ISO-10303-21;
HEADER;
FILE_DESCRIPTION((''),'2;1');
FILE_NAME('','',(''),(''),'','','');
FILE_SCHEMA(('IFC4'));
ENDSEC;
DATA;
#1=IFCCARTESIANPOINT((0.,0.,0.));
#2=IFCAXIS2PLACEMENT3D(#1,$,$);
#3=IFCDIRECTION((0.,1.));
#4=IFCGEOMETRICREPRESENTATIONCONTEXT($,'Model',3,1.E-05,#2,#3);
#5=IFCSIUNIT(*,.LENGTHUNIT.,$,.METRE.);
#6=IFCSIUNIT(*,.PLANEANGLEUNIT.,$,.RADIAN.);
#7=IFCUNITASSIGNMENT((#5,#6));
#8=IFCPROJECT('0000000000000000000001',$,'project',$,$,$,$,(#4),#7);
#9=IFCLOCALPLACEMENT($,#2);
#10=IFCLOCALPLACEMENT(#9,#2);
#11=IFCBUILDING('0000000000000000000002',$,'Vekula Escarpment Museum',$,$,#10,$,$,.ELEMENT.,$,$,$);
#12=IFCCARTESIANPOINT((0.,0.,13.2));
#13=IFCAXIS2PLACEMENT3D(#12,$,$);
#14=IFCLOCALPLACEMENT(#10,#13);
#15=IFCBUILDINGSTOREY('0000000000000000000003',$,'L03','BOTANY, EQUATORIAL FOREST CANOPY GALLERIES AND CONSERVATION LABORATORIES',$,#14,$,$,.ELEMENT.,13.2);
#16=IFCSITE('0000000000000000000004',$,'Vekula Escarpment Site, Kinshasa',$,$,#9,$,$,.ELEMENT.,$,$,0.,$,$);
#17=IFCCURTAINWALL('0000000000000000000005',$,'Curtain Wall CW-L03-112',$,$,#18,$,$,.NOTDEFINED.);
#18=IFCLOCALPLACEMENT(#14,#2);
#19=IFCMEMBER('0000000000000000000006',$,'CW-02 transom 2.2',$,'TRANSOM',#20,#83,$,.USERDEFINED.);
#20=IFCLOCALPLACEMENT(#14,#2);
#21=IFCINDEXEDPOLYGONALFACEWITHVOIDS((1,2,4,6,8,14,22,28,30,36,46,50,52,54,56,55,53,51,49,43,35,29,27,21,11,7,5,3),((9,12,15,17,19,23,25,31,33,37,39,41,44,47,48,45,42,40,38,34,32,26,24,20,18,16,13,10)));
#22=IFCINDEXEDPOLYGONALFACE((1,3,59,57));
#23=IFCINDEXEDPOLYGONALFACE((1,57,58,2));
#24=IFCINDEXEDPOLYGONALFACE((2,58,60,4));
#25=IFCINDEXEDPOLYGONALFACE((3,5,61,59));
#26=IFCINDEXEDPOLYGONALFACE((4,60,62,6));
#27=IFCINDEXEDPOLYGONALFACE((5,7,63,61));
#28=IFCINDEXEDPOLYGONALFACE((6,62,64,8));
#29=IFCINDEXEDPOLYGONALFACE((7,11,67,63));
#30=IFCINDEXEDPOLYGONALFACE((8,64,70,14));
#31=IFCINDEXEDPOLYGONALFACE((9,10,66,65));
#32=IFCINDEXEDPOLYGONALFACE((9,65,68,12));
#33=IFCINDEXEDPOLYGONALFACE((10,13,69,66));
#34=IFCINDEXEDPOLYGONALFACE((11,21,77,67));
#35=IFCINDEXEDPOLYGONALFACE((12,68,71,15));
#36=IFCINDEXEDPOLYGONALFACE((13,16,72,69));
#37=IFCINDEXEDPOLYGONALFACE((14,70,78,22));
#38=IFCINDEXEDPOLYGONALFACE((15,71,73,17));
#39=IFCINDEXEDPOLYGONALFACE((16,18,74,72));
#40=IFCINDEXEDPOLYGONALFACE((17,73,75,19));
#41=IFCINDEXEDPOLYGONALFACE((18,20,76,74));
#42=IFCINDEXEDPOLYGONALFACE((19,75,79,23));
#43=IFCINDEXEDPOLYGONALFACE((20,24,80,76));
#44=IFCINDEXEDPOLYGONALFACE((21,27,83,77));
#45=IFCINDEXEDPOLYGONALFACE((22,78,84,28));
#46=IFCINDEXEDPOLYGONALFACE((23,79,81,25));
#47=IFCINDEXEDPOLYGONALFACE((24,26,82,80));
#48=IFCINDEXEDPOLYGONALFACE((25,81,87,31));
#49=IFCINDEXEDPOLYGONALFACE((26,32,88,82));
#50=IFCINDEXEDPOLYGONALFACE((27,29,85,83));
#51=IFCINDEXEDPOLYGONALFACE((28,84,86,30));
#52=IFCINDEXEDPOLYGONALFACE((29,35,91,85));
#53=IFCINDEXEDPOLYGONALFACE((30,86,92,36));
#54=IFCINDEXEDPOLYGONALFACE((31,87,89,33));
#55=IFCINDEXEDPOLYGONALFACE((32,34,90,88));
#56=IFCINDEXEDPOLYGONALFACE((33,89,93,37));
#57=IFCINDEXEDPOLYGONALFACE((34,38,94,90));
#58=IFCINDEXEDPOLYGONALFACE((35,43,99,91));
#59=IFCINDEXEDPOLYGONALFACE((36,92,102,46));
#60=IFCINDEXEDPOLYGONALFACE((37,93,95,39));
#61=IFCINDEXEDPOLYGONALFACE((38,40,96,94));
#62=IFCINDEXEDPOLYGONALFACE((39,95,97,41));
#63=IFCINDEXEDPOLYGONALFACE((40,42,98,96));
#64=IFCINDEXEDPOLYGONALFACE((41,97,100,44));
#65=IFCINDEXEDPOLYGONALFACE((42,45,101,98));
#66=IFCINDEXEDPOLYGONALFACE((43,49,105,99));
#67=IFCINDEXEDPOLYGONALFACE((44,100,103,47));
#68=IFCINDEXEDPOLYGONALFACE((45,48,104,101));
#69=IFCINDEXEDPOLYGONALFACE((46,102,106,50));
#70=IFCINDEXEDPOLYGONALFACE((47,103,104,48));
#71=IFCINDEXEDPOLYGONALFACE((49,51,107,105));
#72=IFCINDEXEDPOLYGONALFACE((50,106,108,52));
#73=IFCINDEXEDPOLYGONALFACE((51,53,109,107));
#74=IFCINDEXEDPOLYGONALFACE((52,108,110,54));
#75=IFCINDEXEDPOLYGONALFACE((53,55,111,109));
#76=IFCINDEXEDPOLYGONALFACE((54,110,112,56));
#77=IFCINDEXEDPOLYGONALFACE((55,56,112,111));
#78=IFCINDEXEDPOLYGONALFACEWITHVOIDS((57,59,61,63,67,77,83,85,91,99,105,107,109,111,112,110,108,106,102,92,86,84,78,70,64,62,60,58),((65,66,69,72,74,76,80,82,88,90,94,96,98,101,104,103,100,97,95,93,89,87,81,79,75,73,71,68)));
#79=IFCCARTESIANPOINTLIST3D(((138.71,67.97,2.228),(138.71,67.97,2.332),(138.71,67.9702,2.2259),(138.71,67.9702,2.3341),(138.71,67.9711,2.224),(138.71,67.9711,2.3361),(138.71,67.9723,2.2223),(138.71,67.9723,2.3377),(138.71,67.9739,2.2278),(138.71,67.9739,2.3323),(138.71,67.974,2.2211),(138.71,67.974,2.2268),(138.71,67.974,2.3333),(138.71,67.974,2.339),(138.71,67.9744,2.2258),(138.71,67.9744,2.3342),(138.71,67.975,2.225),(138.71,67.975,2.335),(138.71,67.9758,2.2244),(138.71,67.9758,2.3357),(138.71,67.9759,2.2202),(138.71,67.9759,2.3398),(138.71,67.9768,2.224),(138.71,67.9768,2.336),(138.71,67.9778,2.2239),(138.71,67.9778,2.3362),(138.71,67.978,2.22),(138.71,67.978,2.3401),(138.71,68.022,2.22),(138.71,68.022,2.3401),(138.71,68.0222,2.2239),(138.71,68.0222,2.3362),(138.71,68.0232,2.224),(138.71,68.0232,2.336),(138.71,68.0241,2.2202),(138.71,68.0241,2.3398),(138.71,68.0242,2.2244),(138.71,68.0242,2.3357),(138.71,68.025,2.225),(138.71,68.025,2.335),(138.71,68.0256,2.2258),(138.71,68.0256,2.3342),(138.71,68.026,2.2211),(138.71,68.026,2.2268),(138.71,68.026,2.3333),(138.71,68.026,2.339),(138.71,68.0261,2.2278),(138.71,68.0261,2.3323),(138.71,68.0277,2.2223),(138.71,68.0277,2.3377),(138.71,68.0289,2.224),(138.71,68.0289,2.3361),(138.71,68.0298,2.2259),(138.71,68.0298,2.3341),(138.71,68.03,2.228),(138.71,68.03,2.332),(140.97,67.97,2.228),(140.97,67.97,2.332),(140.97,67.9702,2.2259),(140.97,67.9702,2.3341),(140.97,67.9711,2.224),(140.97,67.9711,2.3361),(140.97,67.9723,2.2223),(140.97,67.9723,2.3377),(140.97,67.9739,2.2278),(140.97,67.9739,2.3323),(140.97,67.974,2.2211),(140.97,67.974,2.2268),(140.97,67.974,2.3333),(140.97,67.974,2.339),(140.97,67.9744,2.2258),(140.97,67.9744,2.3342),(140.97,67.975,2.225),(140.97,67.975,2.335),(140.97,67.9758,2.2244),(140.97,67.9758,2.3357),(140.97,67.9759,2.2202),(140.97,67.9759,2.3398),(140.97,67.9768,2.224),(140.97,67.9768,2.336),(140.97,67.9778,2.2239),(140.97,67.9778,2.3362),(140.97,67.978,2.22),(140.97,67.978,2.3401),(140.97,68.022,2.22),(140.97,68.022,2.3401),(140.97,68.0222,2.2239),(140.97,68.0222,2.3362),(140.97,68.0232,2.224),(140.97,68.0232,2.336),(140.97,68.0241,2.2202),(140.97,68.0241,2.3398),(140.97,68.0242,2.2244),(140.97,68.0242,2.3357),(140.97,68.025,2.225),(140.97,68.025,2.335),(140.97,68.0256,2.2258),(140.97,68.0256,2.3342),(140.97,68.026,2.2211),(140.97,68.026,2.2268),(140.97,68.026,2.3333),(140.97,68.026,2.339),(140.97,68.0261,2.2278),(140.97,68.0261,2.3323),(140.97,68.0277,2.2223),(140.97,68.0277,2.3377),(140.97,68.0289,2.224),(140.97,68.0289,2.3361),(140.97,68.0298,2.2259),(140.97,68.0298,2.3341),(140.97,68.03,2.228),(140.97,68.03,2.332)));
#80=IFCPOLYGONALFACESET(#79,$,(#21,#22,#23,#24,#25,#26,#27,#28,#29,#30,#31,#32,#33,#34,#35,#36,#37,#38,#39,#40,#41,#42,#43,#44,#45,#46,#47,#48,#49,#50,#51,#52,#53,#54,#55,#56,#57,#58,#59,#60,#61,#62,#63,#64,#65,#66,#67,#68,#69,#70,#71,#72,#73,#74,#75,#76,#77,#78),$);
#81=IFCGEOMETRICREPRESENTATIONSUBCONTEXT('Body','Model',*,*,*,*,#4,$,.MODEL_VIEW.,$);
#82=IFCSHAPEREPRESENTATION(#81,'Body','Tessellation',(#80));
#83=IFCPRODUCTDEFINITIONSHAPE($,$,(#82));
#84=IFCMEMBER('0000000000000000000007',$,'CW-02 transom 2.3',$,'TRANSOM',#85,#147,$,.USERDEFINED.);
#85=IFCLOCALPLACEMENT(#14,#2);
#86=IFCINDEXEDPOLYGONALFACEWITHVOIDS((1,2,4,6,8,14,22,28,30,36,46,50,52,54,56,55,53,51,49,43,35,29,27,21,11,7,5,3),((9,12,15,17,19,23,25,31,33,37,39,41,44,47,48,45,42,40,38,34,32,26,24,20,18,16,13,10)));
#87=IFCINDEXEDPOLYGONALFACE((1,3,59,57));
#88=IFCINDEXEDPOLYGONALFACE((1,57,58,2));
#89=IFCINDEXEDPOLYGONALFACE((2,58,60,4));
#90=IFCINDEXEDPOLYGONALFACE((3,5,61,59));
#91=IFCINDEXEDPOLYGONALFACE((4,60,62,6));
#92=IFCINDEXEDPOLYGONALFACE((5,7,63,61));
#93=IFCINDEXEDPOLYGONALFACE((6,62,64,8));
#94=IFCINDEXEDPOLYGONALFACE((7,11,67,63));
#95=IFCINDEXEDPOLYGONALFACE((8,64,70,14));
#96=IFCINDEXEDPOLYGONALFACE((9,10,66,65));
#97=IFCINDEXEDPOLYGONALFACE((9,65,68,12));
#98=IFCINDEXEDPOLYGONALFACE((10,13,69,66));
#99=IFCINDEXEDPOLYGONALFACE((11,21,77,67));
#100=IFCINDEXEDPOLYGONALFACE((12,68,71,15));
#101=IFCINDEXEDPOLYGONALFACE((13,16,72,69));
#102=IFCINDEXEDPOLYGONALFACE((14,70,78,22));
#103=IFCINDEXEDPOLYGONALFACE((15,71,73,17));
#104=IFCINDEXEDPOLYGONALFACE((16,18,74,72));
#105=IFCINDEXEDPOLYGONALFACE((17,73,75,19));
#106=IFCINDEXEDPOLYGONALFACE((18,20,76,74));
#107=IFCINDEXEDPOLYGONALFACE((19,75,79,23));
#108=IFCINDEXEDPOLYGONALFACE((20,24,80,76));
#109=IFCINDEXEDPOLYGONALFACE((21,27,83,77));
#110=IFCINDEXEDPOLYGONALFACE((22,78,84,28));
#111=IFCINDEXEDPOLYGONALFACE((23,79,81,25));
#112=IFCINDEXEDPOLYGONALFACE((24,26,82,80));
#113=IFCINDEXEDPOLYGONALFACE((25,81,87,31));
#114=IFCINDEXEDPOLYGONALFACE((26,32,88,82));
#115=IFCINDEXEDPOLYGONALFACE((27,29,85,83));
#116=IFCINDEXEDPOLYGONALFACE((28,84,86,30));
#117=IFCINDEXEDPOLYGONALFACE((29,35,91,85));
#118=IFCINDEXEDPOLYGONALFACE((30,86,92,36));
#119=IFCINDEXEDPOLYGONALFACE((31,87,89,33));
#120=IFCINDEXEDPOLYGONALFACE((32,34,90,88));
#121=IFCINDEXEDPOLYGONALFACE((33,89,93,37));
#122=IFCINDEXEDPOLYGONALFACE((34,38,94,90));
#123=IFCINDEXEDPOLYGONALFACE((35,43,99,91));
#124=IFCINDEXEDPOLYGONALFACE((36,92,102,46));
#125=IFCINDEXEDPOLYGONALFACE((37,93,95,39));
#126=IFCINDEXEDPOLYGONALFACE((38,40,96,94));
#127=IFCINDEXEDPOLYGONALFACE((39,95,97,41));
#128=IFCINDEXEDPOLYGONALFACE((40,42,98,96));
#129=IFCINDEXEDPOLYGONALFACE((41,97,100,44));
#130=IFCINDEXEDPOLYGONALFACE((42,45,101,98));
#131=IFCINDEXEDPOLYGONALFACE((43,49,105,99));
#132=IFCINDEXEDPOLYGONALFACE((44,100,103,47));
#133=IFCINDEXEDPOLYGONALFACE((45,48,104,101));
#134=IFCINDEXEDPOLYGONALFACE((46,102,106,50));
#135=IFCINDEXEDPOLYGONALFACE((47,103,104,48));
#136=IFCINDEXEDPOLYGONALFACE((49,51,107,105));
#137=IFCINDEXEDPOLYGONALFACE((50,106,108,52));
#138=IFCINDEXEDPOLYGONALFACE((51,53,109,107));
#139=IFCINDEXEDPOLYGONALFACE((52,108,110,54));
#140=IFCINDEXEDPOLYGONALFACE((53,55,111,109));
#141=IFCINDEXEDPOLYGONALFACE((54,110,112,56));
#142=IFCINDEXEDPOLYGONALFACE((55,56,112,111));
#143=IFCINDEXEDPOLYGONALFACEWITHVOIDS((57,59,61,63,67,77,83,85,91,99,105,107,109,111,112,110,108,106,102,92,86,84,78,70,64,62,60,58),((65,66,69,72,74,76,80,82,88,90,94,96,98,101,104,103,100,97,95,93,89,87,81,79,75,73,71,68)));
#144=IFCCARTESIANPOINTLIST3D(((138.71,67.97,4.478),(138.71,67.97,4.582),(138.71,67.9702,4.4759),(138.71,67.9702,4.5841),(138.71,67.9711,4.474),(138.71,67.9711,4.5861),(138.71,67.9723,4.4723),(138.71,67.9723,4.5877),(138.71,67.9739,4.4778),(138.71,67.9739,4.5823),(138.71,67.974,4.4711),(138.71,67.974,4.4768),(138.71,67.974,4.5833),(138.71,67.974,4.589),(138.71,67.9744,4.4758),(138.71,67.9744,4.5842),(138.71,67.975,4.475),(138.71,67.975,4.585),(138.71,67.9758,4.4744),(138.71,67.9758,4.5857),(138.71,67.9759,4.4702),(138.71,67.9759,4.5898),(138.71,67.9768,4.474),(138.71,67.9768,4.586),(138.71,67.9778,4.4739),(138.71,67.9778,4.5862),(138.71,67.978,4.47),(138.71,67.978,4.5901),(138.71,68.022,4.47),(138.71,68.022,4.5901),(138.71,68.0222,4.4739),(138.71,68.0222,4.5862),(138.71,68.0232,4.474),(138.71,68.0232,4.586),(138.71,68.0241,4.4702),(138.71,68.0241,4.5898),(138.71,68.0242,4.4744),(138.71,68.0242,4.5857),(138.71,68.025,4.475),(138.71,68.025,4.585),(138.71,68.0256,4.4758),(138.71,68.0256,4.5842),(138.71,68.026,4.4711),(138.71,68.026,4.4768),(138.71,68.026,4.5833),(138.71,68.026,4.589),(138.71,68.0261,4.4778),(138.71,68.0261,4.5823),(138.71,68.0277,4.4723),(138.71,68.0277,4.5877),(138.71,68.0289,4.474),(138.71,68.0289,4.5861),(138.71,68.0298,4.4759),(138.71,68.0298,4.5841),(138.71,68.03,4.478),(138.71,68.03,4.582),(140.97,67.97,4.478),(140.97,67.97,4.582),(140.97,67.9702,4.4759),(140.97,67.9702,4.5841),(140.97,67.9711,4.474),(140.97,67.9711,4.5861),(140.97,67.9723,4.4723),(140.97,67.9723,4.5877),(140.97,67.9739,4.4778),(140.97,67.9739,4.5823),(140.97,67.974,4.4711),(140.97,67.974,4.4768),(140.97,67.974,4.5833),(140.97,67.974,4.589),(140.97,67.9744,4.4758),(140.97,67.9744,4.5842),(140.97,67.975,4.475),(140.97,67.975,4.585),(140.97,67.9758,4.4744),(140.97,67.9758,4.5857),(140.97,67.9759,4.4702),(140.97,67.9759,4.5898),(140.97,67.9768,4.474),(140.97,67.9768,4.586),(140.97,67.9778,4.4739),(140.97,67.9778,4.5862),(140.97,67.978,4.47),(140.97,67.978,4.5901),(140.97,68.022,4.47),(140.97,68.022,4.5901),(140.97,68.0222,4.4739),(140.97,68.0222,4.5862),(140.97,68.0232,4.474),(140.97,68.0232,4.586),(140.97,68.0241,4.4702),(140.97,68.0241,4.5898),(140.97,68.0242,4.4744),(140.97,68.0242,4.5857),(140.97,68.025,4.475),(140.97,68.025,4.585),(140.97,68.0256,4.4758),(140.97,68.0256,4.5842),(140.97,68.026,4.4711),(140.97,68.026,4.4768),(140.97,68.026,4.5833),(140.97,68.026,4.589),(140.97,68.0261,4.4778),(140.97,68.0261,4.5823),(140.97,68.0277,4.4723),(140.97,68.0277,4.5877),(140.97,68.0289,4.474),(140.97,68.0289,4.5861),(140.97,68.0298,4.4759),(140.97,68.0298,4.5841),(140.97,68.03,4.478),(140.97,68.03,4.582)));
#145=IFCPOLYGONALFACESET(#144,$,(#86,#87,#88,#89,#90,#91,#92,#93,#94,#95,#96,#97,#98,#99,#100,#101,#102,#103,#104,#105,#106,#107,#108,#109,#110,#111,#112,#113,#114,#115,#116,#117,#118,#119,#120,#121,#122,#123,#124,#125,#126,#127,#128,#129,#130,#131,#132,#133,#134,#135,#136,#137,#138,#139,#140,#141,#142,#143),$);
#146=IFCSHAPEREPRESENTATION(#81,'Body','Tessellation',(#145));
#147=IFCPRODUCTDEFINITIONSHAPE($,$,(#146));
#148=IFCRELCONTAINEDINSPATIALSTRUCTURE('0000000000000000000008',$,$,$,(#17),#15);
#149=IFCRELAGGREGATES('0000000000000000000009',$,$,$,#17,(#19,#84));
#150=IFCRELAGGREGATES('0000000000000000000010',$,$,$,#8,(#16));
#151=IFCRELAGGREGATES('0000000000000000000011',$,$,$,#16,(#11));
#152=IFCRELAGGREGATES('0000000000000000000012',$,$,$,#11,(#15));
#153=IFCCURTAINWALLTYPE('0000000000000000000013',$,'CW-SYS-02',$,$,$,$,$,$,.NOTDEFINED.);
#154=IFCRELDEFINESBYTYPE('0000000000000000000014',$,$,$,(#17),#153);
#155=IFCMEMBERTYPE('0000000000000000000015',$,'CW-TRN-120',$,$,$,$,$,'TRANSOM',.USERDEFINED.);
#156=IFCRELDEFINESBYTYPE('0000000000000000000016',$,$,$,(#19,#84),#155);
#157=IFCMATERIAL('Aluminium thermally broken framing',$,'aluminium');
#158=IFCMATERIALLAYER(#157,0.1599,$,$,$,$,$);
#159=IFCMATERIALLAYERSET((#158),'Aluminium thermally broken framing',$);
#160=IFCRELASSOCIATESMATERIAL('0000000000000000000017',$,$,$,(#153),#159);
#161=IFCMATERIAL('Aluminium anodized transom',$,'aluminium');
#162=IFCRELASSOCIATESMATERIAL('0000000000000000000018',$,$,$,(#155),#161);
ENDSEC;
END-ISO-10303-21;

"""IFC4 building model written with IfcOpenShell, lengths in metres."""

from ifc_helpers import new_model, si_unit, direction, frame, origin, origin_2d, place, context, subcontext, project, spatial, hollow_rectangle, extrude, material, layer, layer_set, material_profile, profile_set, type_object, element, aggregate, save


model = new_model("IFC4")

# Units and contexts
model_context = context("Model", 3, precision=1e-05, world=origin(), true_north=direction((0.0, 1.0)))
body_context = subcontext(model_context, "Body", "Model", "MODEL_VIEW")
ifc_project = project(units=[si_unit("LENGTHUNIT", "METRE"), si_unit("PLANEANGLEUNIT", "RADIAN")], contexts=[model_context])

# Site, building, storey
site_placement = place(None, origin())
site = spatial("IfcSite", under=ifc_project, at=site_placement, Name="Vekula Escarpment Site, Kinshasa", CompositionType="ELEMENT", RefElevation=0.0)
building_placement = place(site_placement, origin())
building = spatial("IfcBuilding", under=site, at=building_placement, Name="Vekula Escarpment Museum", CompositionType="ELEMENT")
storey_placement = place(building_placement, frame((0.0, 0.0, 13.2)))
storey = spatial("IfcBuildingStorey", under=building, at=storey_placement, Name="L03", Description="BOTANY, EQUATORIAL FOREST CANOPY GALLERIES AND CONSERVATION LABORATORIES", CompositionType="ELEMENT", Elevation=13.2)

# Curtain wall
ifc_material_1 = material(Name="Aluminium thermally broken framing", Category="aluminium")
ifc_layer_1 = layer(ifc_material_1, 0.1599)
ifc_layer_set_1 = layer_set([ifc_layer_1], Name="Aluminium thermally broken framing")
curtain_wall_type_1 = type_object("IfcCurtainWallType", Name="CW-SYS-02", PredefinedType="NOTDEFINED", material=ifc_layer_set_1)
curtain_wall_1_placement = place(storey_placement, origin())
curtain_wall_1 = element("IfcCurtainWall", 1, at=curtain_wall_1_placement, inside=storey, type_object=curtain_wall_type_1, Name="Curtain Wall CW-L03-112", PredefinedType="NOTDEFINED")

# Members
ifc_material_2 = material(Name="Aluminium anodized transom", Category="aluminium")
ifc_material_profile_1 = material_profile(ifc_material_2, hollow_rectangle(XDim=0.0601, YDim=0.1201, WallThickness=0.0039, InnerFilletRadius=0.0039, OuterFilletRadius=0.0081, at=origin_2d()), Name="ALU 120x60x4")
ifc_profile_set_1 = profile_set([ifc_material_profile_1], Name="Aluminium anodized transom")
member_type_1 = type_object("IfcMemberType", Name="CW-TRN-120", ElementType="TRANSOM", PredefinedType="USERDEFINED", material=ifc_profile_set_1)
member_1_placement = place(storey_placement, frame((138.71, 68.0, 2.28), z_axis=(1.0, 0.0, 0.0), x_axis=(0.0, 1.0, 0.0)))
member_1 = element("IfcMember", 2, at=member_1_placement, type_object=member_type_1, Name="CW-02 transom 2.2", ObjectType="TRANSOM", PredefinedType="USERDEFINED", context=body_context, shape_type="SweptSolid", body=[
    extrude(hollow_rectangle(XDim=0.0601, YDim=0.1201, WallThickness=0.0039, InnerFilletRadius=0.0039, OuterFilletRadius=0.0081, at=origin_2d()), origin(), (0.0, 0.0, 1.0), 2.26),
])
member_2_placement = place(storey_placement, frame((138.71, 68.0, 4.53), z_axis=(1.0, 0.0, 0.0), x_axis=(0.0, 1.0, 0.0)))
member_2 = element("IfcMember", 3, at=member_2_placement, type_object=member_type_1, Name="CW-02 transom 2.3", ObjectType="TRANSOM", PredefinedType="USERDEFINED", context=body_context, shape_type="SweptSolid", body=[
    extrude(hollow_rectangle(XDim=0.0601, YDim=0.1201, WallThickness=0.0039, InnerFilletRadius=0.0039, OuterFilletRadius=0.0081, at=origin_2d()), origin(), (0.0, 0.0, 1.0), 2.26),
])

aggregate(curtain_wall_1, [member_1, member_2])

save(model, "model.ifc")
